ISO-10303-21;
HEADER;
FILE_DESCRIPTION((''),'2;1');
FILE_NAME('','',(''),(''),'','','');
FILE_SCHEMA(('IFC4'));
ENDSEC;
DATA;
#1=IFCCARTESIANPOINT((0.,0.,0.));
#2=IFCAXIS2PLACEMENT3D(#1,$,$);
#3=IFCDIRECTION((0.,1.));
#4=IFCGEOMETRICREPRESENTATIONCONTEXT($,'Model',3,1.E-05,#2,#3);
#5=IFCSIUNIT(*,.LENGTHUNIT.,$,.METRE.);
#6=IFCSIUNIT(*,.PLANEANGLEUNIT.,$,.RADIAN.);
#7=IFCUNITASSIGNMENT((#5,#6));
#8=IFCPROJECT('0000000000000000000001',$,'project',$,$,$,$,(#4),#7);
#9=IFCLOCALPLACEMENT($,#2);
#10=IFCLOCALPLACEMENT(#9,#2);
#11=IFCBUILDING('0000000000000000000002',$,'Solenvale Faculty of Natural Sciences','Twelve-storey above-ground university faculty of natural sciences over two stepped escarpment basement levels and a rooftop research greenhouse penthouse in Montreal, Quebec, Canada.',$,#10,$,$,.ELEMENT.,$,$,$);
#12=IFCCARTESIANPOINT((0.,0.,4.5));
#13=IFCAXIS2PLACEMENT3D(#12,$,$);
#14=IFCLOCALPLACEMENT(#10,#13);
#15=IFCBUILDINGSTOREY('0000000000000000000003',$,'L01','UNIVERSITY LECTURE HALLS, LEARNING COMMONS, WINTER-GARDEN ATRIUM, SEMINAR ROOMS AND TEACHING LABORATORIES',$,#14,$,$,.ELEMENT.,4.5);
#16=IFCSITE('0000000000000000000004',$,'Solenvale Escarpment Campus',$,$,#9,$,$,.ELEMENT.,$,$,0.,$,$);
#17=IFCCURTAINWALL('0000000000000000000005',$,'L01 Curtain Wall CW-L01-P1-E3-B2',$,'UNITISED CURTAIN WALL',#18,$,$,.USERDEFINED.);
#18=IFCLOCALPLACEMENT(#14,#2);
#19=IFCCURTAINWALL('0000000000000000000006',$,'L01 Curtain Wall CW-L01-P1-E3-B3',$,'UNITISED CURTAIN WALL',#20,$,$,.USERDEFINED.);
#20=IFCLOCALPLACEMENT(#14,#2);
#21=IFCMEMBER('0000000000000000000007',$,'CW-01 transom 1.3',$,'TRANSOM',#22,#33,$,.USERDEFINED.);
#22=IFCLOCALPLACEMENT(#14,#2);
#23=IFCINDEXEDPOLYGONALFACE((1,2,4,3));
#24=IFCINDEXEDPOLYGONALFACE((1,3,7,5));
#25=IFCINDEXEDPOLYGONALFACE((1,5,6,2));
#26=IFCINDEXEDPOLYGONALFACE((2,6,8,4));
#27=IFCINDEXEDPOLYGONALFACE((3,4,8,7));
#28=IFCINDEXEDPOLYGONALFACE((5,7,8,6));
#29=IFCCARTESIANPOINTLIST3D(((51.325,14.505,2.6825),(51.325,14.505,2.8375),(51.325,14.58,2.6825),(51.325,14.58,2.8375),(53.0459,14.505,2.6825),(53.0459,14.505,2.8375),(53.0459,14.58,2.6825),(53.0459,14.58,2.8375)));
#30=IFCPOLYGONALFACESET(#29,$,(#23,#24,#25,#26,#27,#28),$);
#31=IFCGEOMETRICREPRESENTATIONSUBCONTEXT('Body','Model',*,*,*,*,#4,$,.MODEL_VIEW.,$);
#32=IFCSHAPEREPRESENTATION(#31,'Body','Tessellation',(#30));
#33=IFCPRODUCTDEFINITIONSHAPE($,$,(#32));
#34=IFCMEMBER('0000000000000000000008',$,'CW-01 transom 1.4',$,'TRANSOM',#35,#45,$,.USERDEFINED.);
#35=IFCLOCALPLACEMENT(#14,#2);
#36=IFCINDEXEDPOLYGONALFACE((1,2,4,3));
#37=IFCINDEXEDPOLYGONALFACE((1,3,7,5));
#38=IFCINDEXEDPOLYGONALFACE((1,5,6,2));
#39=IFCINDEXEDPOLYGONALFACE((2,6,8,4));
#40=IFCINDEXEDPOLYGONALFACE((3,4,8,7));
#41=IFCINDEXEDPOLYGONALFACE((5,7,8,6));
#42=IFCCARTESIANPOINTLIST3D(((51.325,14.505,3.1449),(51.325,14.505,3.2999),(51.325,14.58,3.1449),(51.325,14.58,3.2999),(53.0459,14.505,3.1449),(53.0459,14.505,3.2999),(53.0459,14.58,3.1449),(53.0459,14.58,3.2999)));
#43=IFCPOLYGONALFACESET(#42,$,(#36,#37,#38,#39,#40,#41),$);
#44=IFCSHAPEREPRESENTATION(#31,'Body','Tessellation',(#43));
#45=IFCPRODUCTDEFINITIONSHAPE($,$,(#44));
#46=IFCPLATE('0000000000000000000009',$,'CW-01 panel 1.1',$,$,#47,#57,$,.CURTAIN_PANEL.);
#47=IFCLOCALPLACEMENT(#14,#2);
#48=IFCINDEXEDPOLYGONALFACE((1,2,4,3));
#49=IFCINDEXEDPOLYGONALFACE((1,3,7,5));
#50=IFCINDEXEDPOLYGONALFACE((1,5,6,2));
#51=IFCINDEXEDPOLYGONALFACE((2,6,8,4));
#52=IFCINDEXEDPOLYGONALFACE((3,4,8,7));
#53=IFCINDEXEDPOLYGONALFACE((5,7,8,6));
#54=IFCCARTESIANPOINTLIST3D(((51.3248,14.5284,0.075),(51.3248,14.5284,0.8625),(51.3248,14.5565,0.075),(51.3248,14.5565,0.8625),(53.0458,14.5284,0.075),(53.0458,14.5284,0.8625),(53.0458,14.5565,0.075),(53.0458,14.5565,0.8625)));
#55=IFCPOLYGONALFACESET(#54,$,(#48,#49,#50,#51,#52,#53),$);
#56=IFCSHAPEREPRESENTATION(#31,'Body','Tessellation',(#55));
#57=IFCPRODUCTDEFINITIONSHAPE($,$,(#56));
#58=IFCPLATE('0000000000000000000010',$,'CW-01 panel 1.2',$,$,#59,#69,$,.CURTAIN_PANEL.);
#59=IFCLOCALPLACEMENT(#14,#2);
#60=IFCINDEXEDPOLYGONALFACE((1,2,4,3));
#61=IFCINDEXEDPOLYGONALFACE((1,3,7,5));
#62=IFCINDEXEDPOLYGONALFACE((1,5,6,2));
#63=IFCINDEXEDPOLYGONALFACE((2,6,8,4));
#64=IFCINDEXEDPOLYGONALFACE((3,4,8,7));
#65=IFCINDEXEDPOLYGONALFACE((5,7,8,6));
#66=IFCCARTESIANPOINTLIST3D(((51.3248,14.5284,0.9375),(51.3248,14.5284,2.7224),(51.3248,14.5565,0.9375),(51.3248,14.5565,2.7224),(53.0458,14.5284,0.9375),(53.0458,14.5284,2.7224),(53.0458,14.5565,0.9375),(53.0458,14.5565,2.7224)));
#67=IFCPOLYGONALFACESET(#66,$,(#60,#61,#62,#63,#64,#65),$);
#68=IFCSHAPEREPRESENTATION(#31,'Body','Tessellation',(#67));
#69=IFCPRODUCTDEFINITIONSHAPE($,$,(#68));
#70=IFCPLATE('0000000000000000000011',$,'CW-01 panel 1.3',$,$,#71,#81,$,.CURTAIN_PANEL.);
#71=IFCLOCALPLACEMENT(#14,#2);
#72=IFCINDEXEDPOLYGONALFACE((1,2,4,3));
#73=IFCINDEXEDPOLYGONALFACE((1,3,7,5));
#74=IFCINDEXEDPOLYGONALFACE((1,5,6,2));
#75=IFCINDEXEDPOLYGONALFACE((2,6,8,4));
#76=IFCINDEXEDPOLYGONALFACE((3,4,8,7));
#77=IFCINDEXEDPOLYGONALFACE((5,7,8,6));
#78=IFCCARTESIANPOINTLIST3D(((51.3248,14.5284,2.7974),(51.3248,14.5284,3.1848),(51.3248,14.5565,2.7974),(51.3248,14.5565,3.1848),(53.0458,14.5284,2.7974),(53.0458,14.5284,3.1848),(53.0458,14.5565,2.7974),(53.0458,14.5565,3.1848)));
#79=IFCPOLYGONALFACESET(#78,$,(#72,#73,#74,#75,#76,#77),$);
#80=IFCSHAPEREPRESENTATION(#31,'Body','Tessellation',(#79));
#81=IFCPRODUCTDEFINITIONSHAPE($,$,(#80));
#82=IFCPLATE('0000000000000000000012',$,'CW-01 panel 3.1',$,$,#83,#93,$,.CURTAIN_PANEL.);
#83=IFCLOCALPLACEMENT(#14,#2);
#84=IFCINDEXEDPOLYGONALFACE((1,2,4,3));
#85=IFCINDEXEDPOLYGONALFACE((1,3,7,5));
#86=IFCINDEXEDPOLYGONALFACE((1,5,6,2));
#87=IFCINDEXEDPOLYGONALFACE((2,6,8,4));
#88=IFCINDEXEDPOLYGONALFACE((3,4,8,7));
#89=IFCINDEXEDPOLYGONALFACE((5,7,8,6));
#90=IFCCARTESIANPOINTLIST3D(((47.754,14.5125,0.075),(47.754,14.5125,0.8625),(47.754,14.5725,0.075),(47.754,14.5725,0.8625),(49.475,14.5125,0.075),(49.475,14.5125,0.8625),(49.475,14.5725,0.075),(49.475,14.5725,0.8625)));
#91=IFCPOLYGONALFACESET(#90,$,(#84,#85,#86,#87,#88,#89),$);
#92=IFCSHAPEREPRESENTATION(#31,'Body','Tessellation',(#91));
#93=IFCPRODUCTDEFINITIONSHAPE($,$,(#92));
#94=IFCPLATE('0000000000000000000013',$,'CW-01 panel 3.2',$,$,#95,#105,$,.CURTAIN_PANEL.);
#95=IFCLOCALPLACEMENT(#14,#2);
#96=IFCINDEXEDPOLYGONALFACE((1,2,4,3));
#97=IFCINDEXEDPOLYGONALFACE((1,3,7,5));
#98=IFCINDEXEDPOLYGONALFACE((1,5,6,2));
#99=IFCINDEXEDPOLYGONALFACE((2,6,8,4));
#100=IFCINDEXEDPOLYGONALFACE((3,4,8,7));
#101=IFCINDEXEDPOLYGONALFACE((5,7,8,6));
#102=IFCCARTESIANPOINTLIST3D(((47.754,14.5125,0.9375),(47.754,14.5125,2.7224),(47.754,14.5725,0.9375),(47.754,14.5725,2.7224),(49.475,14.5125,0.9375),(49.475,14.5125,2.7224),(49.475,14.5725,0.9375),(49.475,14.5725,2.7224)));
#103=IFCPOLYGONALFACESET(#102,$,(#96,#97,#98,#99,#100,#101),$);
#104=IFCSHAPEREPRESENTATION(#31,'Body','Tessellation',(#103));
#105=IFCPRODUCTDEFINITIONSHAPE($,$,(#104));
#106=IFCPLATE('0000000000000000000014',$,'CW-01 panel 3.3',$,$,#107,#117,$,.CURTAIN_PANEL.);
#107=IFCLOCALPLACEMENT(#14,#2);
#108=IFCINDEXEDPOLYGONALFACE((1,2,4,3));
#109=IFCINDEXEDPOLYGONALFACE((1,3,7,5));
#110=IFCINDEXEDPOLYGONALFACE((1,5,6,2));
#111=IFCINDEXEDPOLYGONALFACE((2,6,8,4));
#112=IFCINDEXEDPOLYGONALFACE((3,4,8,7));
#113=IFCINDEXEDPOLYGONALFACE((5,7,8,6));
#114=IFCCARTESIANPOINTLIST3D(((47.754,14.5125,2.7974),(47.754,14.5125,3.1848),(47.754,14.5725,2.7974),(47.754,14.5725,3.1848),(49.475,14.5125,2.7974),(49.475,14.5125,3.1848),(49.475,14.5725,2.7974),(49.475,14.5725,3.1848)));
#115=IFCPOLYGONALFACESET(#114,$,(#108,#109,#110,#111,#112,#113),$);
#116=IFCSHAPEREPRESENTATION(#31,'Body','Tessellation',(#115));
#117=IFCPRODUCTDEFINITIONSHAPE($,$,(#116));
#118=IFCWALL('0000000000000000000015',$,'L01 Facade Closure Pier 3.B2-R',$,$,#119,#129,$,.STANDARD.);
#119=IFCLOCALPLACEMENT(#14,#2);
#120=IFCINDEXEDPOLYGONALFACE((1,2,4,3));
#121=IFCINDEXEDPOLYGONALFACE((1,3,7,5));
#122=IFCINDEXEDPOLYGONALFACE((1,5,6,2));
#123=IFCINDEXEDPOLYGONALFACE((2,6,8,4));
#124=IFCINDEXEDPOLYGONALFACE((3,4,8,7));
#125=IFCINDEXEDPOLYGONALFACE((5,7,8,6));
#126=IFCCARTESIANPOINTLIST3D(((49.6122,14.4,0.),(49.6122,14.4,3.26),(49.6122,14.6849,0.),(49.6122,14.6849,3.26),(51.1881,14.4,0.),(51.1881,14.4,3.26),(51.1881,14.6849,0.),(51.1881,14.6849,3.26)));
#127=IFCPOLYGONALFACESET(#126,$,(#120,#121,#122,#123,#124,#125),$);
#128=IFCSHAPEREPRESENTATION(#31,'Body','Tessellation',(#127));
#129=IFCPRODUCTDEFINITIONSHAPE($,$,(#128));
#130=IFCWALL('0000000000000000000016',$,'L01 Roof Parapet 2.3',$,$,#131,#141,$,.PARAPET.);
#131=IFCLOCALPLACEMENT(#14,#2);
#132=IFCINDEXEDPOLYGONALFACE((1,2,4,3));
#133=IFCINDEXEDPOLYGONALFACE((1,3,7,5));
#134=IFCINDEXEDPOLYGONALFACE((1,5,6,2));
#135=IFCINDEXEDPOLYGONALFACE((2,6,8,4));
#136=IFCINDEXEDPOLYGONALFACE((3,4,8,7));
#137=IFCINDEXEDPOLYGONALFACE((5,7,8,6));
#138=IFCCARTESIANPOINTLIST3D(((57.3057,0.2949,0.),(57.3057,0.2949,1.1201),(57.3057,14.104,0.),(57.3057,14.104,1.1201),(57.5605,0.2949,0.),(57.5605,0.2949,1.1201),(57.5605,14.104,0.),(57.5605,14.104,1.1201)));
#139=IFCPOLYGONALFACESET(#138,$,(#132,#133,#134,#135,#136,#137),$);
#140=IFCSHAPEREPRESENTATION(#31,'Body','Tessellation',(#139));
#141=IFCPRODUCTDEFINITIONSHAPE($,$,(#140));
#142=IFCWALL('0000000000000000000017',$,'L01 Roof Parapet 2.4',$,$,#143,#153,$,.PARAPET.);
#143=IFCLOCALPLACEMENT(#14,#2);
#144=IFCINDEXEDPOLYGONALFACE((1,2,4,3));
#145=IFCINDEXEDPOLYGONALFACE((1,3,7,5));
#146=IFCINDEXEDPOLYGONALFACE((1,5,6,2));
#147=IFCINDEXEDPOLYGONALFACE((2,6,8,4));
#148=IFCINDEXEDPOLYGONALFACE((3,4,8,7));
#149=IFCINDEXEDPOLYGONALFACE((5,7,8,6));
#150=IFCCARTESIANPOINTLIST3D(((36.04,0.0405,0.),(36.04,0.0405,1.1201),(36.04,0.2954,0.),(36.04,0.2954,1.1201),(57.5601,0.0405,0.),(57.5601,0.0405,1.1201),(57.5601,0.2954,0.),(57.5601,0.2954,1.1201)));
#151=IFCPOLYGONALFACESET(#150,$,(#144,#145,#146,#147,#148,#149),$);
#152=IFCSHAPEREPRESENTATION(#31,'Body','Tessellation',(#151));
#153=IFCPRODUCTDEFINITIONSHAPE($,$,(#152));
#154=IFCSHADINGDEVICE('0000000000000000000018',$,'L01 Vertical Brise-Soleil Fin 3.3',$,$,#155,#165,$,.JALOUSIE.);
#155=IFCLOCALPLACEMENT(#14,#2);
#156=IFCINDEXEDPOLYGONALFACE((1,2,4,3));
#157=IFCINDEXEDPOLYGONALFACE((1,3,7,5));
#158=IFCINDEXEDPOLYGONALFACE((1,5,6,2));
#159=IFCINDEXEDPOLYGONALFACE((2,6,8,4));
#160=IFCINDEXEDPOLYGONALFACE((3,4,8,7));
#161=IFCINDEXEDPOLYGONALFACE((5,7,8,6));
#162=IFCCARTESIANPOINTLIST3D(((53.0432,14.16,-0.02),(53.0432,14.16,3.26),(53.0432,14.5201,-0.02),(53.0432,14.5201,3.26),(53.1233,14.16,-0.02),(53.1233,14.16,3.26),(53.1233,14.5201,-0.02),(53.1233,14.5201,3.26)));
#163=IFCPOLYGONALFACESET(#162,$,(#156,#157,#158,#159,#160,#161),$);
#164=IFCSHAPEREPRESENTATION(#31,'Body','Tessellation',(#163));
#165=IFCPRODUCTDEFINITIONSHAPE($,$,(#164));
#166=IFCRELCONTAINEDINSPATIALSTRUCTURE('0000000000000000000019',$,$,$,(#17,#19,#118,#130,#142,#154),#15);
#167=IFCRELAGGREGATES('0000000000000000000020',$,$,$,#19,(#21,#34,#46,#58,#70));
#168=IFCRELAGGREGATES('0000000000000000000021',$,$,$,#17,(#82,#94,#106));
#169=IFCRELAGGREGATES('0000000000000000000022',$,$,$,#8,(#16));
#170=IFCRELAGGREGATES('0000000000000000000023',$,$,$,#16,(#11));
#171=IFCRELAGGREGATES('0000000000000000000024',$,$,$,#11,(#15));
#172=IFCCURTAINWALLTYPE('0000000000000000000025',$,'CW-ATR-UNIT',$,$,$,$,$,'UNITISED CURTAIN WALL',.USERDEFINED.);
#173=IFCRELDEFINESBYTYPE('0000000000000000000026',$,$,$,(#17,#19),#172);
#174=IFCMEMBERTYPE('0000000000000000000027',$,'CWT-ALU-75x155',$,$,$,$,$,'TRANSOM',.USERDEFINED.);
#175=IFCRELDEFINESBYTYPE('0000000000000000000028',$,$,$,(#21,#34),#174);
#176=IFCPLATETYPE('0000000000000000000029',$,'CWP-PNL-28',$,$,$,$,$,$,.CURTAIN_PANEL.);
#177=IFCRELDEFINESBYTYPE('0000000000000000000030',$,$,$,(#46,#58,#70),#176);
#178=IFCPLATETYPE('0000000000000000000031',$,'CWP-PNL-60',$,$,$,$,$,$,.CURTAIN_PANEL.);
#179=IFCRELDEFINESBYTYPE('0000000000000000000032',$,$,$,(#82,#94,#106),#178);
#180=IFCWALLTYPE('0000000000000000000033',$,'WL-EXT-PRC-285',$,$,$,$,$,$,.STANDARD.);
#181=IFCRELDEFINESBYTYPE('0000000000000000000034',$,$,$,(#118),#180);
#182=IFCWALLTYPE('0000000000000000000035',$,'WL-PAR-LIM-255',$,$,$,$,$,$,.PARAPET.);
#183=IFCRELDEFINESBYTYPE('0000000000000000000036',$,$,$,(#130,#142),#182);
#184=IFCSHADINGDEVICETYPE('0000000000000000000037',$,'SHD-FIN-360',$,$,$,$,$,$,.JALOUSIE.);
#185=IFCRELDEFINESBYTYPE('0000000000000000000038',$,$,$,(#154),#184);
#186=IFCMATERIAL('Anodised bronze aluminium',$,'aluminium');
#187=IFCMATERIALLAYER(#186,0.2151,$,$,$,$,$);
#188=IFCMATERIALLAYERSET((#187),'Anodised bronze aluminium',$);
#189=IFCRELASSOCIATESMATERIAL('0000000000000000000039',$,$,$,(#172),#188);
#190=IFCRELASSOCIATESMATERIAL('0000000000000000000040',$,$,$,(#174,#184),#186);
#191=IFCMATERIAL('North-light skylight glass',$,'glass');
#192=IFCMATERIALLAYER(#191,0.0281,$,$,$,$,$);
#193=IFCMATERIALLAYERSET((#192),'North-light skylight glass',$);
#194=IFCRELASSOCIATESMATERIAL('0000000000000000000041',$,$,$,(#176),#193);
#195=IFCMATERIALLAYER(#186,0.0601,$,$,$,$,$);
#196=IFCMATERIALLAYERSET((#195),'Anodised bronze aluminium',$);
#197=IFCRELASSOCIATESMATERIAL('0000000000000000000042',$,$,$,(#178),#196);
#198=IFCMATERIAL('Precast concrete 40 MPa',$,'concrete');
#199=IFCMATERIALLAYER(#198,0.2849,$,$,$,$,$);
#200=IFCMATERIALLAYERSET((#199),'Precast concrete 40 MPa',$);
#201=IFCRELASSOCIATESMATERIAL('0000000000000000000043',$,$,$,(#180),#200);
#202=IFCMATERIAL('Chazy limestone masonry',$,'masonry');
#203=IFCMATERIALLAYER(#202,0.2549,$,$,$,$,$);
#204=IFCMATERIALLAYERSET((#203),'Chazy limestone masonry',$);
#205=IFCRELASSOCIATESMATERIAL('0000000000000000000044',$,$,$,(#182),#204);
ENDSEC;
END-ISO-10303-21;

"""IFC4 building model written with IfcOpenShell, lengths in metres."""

from ifc_helpers import new_model, si_unit, direction, frame, frame_2d, origin, origin_2d, place, context, subcontext, project, spatial, rectangle, extrude, material, layer, layer_set, material_profile, profile_set, type_object, element, aggregate, save


model = new_model("IFC4")

# Units and contexts
model_context = context("Model", 3, precision=1e-05, world=origin(), true_north=direction((0.0, 1.0)))
body_context = subcontext(model_context, "Body", "Model", "MODEL_VIEW")
ifc_project = project(units=[si_unit("LENGTHUNIT", "METRE"), si_unit("PLANEANGLEUNIT", "RADIAN")], contexts=[model_context])

# Site, building, storey
site_placement = place(None, origin())
site = spatial("IfcSite", under=ifc_project, at=site_placement, Name="Solenvale Escarpment Campus", CompositionType="ELEMENT", RefElevation=0.0)
building_placement = place(site_placement, origin())
building = spatial("IfcBuilding", under=site, at=building_placement, Name="Solenvale Faculty of Natural Sciences", Description="Twelve-storey above-ground university faculty of natural sciences over two stepped escarpment basement levels and a rooftop research greenhouse penthouse in Montreal, Quebec, Canada.", CompositionType="ELEMENT")
storey_placement = place(building_placement, frame((0.0, 0.0, 4.5)))
storey = spatial("IfcBuildingStorey", under=building, at=storey_placement, Name="L01", Description="UNIVERSITY LECTURE HALLS, LEARNING COMMONS, WINTER-GARDEN ATRIUM, SEMINAR ROOMS AND TEACHING LABORATORIES", CompositionType="ELEMENT", Elevation=4.5)

# Curtain wall
ifc_material_1 = material(Name="Anodised bronze aluminium", Category="aluminium")
ifc_layer_1 = layer(ifc_material_1, 0.2151)
ifc_layer_set_1 = layer_set([ifc_layer_1], Name="Anodised bronze aluminium")
curtain_wall_type = type_object("IfcCurtainWallType", Name="CW-ATR-UNIT", ElementType="UNITISED CURTAIN WALL", PredefinedType="USERDEFINED", material=ifc_layer_set_1)
curtain_wall_1_placement = place(storey_placement, origin())
curtain_wall_1 = element("IfcCurtainWall", 1, at=curtain_wall_1_placement, inside=storey, type_object=curtain_wall_type, Name="L01 Curtain Wall CW-L01-P1-E3-B2", ObjectType="UNITISED CURTAIN WALL", PredefinedType="USERDEFINED")

# Curtain wall
curtain_wall_2_placement = place(storey_placement, origin())
curtain_wall_2 = element("IfcCurtainWall", 2, at=curtain_wall_2_placement, inside=storey, type_object=curtain_wall_type, Name="L01 Curtain Wall CW-L01-P1-E3-B3", ObjectType="UNITISED CURTAIN WALL", PredefinedType="USERDEFINED")

# Members
ifc_material_profile_1 = material_profile(ifc_material_1, rectangle(XDim=0.075, YDim=0.155, at=origin_2d()), Name="ALU-TRN-75x155")
ifc_profile_set_1 = profile_set([ifc_material_profile_1], Name="Anodised bronze aluminium")
member_type_1 = type_object("IfcMemberType", Name="CWT-ALU-75x155", ElementType="TRANSOM", PredefinedType="USERDEFINED", material=ifc_profile_set_1)
member_1_placement = place(storey_placement, frame((51.325, 14.5425, 2.76), z_axis=(1.0, 0.0, 0.0), x_axis=(0.0, 1.0, 0.0)))
member_1 = element("IfcMember", 3, at=member_1_placement, type_object=member_type_1, Name="CW-01 transom 1.3", ObjectType="TRANSOM", PredefinedType="USERDEFINED", context=body_context, shape_type="SweptSolid", body=[
    extrude(rectangle(XDim=0.075, YDim=0.155, at=origin_2d()), origin(), (0.0, 0.0, 1.0), 1.7209),
])
member_2_placement = place(storey_placement, frame((51.325, 14.5425, 3.2224), z_axis=(1.0, 0.0, 0.0), x_axis=(0.0, 1.0, 0.0)))
member_2 = element("IfcMember", 4, at=member_2_placement, type_object=member_type_1, Name="CW-01 transom 1.4", ObjectType="TRANSOM", PredefinedType="USERDEFINED", context=body_context, shape_type="SweptSolid", body=[
    extrude(rectangle(XDim=0.075, YDim=0.155, at=origin_2d()), origin(), (0.0, 0.0, 1.0), 1.7209),
])

# Plates
ifc_material_2 = material(Name="North-light skylight glass", Category="glass")
ifc_layer_2 = layer(ifc_material_2, 0.0281)
ifc_layer_set_2 = layer_set([ifc_layer_2], Name="North-light skylight glass")
plate_type_1 = type_object("IfcPlateType", Name="CWP-PNL-28", PredefinedType="CURTAIN_PANEL", material=ifc_layer_set_2)
plate_1_placement = place(storey_placement, frame((52.1853, 14.5425, 0.075), z_axis=(0.0, 0.0, 1.0), x_axis=(1.0, 0.0, 0.0)))
plate_1 = element("IfcPlate", 5, at=plate_1_placement, type_object=plate_type_1, Name="CW-01 panel 1.1", PredefinedType="CURTAIN_PANEL", context=body_context, shape_type="SweptSolid", body=[
    extrude(rectangle(XDim=1.7209, YDim=0.0281, at=origin_2d()), origin(), (0.0, 0.0, 1.0), 0.7876),
])
plate_2_placement = place(storey_placement, frame((52.1853, 14.5425, 0.9375), z_axis=(0.0, 0.0, 1.0), x_axis=(1.0, 0.0, 0.0)))
plate_2 = element("IfcPlate", 6, at=plate_2_placement, type_object=plate_type_1, Name="CW-01 panel 1.2", PredefinedType="CURTAIN_PANEL", context=body_context, shape_type="SweptSolid", body=[
    extrude(rectangle(XDim=1.7209, YDim=0.0281, at=origin_2d()), origin(), (0.0, 0.0, 1.0), 1.7849),
])
plate_3_placement = place(storey_placement, frame((52.1853, 14.5425, 2.7974), z_axis=(0.0, 0.0, 1.0), x_axis=(1.0, 0.0, 0.0)))
plate_3 = element("IfcPlate", 7, at=plate_3_placement, type_object=plate_type_1, Name="CW-01 panel 1.3", PredefinedType="CURTAIN_PANEL", context=body_context, shape_type="SweptSolid", body=[
    extrude(rectangle(XDim=1.7209, YDim=0.0281, at=origin_2d()), origin(), (0.0, 0.0, 1.0), 0.3875),
])
aggregate(curtain_wall_2, [member_1, member_2, plate_1, plate_2, plate_3])
ifc_layer_3 = layer(ifc_material_1, 0.0601)
ifc_layer_set_3 = layer_set([ifc_layer_3], Name="Anodised bronze aluminium")
plate_type_2 = type_object("IfcPlateType", Name="CWP-PNL-60", PredefinedType="CURTAIN_PANEL", material=ifc_layer_set_3)
plate_4_placement = place(storey_placement, frame((48.6145, 14.5425, 0.075), z_axis=(0.0, 0.0, 1.0), x_axis=(1.0, 0.0, 0.0)))
plate_4 = element("IfcPlate", 8, at=plate_4_placement, type_object=plate_type_2, Name="CW-01 panel 3.1", PredefinedType="CURTAIN_PANEL", context=body_context, shape_type="SweptSolid", body=[
    extrude(rectangle(XDim=1.7209, YDim=0.0601, at=origin_2d()), origin(), (0.0, 0.0, 1.0), 0.7876),
])
plate_5_placement = place(storey_placement, frame((48.6145, 14.5425, 0.9375), z_axis=(0.0, 0.0, 1.0), x_axis=(1.0, 0.0, 0.0)))
plate_5 = element("IfcPlate", 9, at=plate_5_placement, type_object=plate_type_2, Name="CW-01 panel 3.2", PredefinedType="CURTAIN_PANEL", context=body_context, shape_type="SweptSolid", body=[
    extrude(rectangle(XDim=1.7209, YDim=0.0601, at=origin_2d()), origin(), (0.0, 0.0, 1.0), 1.7849),
])
plate_6_placement = place(storey_placement, frame((48.6145, 14.5425, 2.7974), z_axis=(0.0, 0.0, 1.0), x_axis=(1.0, 0.0, 0.0)))
plate_6 = element("IfcPlate", 10, at=plate_6_placement, type_object=plate_type_2, Name="CW-01 panel 3.3", PredefinedType="CURTAIN_PANEL", context=body_context, shape_type="SweptSolid", body=[
    extrude(rectangle(XDim=1.7209, YDim=0.0601, at=origin_2d()), origin(), (0.0, 0.0, 1.0), 0.3875),
])
aggregate(curtain_wall_1, [plate_4, plate_5, plate_6])

# Walls
ifc_material_3 = material(Name="Precast concrete 40 MPa", Category="concrete")
ifc_layer_4 = layer(ifc_material_3, 0.2849)
ifc_layer_set_4 = layer_set([ifc_layer_4], Name="Precast concrete 40 MPa")
wall_type_1 = type_object("IfcWallType", Name="WL-EXT-PRC-285", PredefinedType="STANDARD", material=ifc_layer_set_4)
wall_1_placement = place(storey_placement, frame((49.6121, 14.5425, 0.0), z_axis=(0.0, 0.0, 1.0), x_axis=(1.0, 0.0, 0.0)))
element("IfcWall", 11, at=wall_1_placement, inside=storey, type_object=wall_type_1, Name="L01 Facade Closure Pier 3.B2-R", PredefinedType="STANDARD", context=body_context, shape_type="SweptSolid", body=[
    extrude(rectangle(XDim=1.5759, YDim=0.2849, at=frame_2d((0.7881, 0.0))), origin(), (0.0, 0.0, 1.0), 3.26),
])
ifc_material_4 = material(Name="Chazy limestone masonry", Category="masonry")
ifc_layer_5 = layer(ifc_material_4, 0.2549)
ifc_layer_set_5 = layer_set([ifc_layer_5], Name="Chazy limestone masonry")
wall_type_2 = type_object("IfcWallType", Name="WL-PAR-LIM-255", PredefinedType="PARAPET", material=ifc_layer_set_5)
wall_2_placement = place(storey_placement, frame((57.4331, 14.104, 0.0), z_axis=(0.0, 0.0, 1.0), x_axis=(0.0, -1.0, 0.0)))
element("IfcWall", 12, at=wall_2_placement, inside=storey, type_object=wall_type_2, Name="L01 Roof Parapet 2.3", PredefinedType="PARAPET", context=body_context, shape_type="SweptSolid", body=[
    extrude(rectangle(XDim=13.8091, YDim=0.2549, at=frame_2d((6.9045, 0.0))), origin(), (0.0, 0.0, 1.0), 1.1201),
])
wall_3_placement = place(storey_placement, frame((57.5601, 0.168, 0.0), z_axis=(0.0, 0.0, 1.0), x_axis=(-1.0, 0.0, 0.0)))
element("IfcWall", 13, at=wall_3_placement, inside=storey, type_object=wall_type_2, Name="L01 Roof Parapet 2.4", PredefinedType="PARAPET", context=body_context, shape_type="SweptSolid", body=[
    extrude(rectangle(XDim=21.52, YDim=0.2549, at=frame_2d((10.76, 0.0))), origin(), (0.0, 0.0, 1.0), 1.1201),
])

# Shading device
ifc_material_profile_2 = material_profile(ifc_material_1, rectangle(XDim=0.0801, YDim=0.3601, at=origin_2d()), Name="ALU-FIN-80x360")
ifc_profile_set_2 = profile_set([ifc_material_profile_2], Name="Anodised bronze aluminium")
shading_device_type = type_object("IfcShadingDeviceType", Name="SHD-FIN-360", PredefinedType="JALOUSIE", material=ifc_profile_set_2)
shading_device_placement = place(storey_placement, frame((53.0833, 14.3401, -0.02), z_axis=(0.0, 0.0, 1.0), x_axis=(1.0, 0.0, 0.0)))
element("IfcShadingDevice", 14, at=shading_device_placement, inside=storey, type_object=shading_device_type, Name="L01 Vertical Brise-Soleil Fin 3.3", PredefinedType="JALOUSIE", context=body_context, shape_type="SweptSolid", body=[
    extrude(rectangle(XDim=0.0801, YDim=0.3601, at=origin_2d()), origin(), (0.0, 0.0, 1.0), 3.28),
])

save(model, "model.ifc")
